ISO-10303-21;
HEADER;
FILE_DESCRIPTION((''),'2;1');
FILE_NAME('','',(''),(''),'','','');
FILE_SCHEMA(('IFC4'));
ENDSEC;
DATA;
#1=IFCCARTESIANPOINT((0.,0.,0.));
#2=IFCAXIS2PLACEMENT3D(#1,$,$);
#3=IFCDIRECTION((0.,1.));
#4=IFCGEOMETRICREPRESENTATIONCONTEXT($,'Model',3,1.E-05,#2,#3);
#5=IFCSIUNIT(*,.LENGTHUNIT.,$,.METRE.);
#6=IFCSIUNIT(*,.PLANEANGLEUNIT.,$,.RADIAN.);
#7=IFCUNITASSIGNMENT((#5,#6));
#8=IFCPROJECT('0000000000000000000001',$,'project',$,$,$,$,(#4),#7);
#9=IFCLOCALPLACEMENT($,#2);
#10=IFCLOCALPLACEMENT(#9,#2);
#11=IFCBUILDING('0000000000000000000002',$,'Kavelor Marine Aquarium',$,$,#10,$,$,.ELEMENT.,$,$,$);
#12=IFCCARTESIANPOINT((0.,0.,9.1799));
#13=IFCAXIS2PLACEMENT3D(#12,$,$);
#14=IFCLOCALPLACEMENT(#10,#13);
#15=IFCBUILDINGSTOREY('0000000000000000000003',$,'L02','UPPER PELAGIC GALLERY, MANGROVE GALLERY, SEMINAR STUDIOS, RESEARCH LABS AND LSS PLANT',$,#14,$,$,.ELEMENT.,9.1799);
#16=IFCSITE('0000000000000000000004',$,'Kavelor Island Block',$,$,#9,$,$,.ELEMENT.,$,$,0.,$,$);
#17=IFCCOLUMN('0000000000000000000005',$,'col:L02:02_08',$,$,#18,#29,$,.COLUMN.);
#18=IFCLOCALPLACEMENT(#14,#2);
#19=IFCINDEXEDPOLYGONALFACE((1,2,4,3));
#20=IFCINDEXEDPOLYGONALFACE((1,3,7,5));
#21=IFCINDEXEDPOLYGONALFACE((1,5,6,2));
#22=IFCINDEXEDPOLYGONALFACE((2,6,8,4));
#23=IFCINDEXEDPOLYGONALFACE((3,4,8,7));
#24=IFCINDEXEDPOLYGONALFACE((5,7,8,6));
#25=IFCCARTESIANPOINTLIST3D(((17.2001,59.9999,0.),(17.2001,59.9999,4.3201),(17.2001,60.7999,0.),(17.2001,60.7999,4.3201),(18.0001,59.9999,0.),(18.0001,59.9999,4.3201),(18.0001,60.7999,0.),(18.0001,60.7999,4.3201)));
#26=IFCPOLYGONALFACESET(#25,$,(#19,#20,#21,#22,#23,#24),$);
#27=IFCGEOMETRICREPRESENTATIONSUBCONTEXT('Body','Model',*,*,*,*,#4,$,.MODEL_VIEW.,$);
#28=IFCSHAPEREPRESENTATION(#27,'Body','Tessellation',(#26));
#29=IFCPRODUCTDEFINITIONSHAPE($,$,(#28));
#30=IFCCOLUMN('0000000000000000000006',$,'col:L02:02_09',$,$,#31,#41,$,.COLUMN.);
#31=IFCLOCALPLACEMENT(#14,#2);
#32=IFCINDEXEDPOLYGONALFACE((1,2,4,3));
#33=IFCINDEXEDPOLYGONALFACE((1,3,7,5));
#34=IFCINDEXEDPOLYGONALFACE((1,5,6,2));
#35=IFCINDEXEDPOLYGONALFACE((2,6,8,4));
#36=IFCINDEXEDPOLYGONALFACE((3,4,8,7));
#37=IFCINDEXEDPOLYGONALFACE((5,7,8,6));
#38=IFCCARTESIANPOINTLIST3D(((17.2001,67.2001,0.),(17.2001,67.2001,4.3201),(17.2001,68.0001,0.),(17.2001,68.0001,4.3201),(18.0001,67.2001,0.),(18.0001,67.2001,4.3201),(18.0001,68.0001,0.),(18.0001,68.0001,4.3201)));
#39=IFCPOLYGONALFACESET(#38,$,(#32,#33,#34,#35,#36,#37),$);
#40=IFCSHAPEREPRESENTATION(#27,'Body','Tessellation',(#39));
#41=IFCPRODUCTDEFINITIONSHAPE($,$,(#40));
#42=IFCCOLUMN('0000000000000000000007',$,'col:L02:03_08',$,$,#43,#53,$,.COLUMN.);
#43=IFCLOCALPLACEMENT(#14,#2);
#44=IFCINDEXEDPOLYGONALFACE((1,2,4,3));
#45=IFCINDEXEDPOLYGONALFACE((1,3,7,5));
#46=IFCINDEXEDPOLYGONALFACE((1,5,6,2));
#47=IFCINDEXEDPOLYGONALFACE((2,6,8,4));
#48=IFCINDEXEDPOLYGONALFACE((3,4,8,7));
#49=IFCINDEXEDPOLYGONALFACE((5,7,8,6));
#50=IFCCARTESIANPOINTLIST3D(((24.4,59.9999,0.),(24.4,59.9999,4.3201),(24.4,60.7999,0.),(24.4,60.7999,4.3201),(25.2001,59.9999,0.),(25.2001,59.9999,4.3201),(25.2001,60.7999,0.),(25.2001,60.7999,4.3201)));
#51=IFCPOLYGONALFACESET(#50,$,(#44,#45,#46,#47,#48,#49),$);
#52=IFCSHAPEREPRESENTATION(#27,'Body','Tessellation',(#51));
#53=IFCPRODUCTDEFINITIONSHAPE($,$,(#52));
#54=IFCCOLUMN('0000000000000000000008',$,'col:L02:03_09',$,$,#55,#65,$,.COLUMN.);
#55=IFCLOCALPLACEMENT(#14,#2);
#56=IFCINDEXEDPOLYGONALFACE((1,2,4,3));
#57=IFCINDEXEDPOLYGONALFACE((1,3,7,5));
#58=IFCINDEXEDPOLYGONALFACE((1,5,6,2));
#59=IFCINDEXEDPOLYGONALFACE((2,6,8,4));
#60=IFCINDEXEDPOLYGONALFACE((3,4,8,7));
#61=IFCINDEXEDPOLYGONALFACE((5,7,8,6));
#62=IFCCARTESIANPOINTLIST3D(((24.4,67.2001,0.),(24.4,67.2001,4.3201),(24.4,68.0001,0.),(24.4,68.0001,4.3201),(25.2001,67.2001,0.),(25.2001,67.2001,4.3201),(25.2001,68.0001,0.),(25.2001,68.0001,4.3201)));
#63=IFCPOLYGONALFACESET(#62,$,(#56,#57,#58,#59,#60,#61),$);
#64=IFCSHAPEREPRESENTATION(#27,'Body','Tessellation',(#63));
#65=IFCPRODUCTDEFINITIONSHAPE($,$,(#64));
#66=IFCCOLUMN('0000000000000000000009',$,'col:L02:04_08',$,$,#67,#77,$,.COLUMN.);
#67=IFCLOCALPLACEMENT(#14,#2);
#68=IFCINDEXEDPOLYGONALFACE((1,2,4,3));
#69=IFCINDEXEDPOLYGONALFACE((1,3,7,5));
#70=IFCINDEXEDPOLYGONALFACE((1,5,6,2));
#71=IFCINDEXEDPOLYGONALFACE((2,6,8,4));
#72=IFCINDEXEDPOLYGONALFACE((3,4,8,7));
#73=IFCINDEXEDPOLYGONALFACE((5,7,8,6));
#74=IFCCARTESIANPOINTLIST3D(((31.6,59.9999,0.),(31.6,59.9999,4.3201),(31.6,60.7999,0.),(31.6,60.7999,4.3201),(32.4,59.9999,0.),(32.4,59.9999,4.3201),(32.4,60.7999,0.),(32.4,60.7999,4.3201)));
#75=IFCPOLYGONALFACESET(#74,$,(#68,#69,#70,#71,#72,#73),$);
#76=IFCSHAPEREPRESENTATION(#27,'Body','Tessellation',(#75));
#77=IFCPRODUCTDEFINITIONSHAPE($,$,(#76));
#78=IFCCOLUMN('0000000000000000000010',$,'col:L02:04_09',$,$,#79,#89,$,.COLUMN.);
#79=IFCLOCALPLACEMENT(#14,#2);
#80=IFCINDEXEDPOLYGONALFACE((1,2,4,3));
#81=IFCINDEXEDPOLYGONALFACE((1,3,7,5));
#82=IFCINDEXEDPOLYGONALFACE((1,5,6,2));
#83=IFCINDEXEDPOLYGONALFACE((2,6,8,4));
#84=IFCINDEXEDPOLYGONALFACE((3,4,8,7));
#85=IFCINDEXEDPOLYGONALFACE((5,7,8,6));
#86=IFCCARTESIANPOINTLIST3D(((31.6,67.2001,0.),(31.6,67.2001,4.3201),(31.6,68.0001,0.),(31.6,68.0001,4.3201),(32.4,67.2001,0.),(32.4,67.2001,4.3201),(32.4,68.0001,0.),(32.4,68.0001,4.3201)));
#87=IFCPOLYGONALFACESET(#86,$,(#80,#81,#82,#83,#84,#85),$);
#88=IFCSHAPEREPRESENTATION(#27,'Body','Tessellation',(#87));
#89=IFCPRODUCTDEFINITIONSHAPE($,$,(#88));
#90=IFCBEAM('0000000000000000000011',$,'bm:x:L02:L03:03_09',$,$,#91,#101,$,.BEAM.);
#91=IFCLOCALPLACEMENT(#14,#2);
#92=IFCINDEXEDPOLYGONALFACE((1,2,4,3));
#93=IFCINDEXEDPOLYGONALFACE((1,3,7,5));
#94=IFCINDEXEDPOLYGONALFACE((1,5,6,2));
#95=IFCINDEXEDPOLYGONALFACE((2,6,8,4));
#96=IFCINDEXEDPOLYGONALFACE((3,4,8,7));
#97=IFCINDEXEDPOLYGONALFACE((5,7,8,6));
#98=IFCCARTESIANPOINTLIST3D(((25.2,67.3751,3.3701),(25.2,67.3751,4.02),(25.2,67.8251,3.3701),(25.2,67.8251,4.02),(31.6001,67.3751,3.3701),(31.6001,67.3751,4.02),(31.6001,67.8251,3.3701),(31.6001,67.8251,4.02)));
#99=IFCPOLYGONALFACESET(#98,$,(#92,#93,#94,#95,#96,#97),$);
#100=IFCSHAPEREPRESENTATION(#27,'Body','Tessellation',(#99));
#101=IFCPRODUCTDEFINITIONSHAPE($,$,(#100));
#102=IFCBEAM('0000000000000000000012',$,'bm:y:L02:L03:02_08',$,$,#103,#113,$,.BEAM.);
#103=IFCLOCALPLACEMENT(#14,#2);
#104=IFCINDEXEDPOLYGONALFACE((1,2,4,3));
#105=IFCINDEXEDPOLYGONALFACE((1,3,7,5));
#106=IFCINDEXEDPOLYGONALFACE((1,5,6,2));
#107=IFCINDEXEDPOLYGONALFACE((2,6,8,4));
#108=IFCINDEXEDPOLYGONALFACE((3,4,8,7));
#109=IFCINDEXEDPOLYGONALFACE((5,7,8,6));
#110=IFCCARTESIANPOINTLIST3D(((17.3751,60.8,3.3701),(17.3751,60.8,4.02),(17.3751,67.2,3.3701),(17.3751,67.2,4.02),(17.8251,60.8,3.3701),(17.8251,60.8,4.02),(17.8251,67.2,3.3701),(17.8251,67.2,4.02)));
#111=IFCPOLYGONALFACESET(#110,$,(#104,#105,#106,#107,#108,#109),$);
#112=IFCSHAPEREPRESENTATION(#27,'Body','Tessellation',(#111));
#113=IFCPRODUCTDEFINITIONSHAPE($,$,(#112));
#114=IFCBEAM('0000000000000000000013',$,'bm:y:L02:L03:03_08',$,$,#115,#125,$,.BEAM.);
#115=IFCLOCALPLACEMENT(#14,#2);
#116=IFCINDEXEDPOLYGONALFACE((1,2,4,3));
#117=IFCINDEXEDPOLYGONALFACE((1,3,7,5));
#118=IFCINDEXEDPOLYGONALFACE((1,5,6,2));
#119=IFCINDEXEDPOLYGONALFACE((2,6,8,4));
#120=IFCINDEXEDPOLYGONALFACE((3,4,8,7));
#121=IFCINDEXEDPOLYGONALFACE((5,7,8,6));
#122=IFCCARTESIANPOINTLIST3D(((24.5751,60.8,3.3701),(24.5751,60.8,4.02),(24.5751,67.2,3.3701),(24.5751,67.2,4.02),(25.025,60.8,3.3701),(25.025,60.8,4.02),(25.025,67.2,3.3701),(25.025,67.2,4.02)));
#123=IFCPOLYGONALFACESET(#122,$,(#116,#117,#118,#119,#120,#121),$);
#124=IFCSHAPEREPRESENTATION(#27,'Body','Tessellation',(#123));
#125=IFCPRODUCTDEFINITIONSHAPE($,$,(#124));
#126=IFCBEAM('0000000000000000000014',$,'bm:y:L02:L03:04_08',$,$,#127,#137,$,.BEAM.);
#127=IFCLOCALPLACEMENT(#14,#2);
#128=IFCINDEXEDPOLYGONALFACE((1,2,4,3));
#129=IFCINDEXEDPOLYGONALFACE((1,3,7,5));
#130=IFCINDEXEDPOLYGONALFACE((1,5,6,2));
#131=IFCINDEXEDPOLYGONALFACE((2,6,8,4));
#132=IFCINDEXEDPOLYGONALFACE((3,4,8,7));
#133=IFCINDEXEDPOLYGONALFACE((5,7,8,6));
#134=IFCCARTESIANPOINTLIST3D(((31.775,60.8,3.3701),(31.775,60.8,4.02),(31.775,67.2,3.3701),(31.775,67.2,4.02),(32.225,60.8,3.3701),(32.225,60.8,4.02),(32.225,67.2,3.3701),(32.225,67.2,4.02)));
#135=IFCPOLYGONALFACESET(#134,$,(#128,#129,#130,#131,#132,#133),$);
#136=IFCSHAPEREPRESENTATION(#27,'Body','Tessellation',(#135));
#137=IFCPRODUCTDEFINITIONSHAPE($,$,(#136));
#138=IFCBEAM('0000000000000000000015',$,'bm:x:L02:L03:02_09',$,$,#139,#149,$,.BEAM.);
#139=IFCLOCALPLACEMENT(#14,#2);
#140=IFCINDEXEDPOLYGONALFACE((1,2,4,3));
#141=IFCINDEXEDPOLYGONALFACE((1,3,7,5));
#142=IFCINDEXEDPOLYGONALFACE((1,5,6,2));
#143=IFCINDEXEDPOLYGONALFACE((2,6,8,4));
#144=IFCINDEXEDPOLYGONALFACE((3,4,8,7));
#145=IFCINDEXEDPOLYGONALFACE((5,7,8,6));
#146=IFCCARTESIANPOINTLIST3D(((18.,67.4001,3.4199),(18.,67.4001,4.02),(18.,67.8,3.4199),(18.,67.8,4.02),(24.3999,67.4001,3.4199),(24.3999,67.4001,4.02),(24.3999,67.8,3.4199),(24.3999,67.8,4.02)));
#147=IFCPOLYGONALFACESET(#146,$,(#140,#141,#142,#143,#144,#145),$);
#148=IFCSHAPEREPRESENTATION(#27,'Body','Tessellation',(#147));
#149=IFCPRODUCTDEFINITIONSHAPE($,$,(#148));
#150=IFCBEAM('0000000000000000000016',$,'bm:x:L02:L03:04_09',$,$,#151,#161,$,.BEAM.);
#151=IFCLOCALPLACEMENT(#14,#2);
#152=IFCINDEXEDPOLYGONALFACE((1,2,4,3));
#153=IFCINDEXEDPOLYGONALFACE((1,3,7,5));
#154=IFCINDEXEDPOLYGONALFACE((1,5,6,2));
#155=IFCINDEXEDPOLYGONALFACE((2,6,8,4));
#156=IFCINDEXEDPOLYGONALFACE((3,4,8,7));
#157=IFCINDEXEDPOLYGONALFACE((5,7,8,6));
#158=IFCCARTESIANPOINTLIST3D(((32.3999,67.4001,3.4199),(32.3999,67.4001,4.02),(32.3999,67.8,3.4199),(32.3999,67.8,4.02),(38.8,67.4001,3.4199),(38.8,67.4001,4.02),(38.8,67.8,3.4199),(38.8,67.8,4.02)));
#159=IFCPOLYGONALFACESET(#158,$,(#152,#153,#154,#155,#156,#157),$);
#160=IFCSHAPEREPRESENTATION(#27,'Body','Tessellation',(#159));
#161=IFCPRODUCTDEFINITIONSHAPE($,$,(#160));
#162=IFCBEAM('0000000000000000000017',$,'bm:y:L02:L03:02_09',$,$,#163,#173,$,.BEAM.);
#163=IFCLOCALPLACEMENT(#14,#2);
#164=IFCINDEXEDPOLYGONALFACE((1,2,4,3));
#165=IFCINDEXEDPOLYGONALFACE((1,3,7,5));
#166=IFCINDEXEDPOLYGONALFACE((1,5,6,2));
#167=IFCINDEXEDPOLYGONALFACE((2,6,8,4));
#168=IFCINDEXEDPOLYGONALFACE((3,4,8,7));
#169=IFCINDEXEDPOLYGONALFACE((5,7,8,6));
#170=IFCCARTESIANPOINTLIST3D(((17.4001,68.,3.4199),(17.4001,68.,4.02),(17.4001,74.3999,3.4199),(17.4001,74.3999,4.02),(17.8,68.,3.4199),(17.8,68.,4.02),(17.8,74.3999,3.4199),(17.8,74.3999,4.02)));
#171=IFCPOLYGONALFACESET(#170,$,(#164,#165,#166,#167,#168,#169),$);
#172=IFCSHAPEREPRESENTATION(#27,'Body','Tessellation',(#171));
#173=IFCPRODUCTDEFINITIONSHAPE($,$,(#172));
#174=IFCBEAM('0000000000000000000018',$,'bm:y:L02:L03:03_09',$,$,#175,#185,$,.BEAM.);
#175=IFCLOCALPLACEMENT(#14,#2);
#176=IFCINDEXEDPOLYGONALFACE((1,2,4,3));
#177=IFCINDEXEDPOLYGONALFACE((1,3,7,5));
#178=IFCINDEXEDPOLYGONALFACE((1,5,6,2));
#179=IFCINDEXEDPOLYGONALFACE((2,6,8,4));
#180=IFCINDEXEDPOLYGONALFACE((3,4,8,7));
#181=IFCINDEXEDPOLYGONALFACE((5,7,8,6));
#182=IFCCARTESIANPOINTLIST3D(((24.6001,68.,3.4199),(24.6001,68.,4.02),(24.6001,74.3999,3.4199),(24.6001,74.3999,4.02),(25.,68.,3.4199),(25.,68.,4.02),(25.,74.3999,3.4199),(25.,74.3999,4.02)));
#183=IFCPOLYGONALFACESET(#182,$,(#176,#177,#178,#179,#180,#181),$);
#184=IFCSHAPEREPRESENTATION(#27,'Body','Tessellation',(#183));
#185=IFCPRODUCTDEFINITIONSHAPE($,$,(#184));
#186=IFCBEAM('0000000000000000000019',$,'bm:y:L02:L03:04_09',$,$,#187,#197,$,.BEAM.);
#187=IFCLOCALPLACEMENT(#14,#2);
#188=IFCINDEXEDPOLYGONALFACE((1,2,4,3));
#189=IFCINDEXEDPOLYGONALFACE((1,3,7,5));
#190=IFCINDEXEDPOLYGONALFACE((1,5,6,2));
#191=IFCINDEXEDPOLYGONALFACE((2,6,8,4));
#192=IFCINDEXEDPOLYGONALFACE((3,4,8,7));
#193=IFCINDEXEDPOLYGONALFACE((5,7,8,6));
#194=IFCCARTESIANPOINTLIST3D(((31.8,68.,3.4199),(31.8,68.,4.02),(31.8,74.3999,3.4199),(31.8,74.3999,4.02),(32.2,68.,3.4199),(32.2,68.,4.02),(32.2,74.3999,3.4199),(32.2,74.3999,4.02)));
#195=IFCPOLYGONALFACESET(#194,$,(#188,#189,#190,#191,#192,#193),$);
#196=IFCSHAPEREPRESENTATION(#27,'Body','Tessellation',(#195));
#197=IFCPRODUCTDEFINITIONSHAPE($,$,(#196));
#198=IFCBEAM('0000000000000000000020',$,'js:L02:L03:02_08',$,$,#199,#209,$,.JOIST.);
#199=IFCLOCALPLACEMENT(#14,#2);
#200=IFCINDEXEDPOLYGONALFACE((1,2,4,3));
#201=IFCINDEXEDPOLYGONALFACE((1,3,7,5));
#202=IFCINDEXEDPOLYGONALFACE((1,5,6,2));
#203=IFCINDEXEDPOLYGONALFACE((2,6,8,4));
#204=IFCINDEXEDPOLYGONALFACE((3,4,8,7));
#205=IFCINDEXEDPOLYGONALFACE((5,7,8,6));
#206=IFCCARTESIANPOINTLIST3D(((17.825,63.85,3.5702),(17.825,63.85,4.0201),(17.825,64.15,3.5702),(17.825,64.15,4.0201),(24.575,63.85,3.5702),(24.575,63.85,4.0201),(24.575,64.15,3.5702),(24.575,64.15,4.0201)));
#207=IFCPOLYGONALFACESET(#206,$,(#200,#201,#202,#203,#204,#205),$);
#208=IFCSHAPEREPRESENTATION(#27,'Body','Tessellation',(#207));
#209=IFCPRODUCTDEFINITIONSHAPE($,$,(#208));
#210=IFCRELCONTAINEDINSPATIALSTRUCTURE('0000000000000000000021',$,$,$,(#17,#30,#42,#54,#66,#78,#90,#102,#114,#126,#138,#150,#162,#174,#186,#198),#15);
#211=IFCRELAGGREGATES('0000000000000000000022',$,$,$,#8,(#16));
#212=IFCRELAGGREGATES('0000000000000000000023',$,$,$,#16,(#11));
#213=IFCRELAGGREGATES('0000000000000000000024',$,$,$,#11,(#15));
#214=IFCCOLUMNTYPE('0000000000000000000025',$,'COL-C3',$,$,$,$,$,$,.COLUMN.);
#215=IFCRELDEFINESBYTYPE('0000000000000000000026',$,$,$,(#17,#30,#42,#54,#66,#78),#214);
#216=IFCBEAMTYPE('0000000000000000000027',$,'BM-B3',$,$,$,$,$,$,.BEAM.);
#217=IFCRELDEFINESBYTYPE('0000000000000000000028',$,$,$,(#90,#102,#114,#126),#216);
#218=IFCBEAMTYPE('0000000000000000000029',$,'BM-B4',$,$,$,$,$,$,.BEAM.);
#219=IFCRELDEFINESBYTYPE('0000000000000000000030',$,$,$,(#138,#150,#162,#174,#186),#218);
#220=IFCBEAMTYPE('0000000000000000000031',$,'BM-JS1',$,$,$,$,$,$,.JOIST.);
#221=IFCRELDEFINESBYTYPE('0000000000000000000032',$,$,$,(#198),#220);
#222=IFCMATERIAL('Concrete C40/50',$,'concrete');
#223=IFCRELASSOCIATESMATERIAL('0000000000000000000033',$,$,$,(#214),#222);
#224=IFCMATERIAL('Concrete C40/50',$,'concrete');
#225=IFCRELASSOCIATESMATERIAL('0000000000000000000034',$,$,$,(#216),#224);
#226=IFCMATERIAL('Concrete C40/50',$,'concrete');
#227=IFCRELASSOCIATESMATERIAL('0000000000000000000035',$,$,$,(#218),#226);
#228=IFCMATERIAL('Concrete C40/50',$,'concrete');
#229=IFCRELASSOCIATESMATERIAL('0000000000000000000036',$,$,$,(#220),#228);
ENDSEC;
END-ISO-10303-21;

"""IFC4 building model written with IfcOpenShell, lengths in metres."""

from ifc_helpers import new_model, si_unit, direction, frame, origin, origin_2d, place, context, subcontext, project, spatial, rectangle, extrude, material, material_profile, profile_set, type_object, element, save


model = new_model("IFC4")

# Units and contexts
model_context = context("Model", 3, precision=1e-05, world=origin(), true_north=direction((0.0, 1.0)))
body_context = subcontext(model_context, "Body", "Model", "MODEL_VIEW")
ifc_project = project(units=[si_unit("LENGTHUNIT", "METRE"), si_unit("PLANEANGLEUNIT", "RADIAN")], contexts=[model_context])

# Site, building, storey
site_placement = place(None, origin())
site = spatial("IfcSite", under=ifc_project, at=site_placement, Name="Kavelor Island Block", CompositionType="ELEMENT", RefElevation=0.0)
building_placement = place(site_placement, origin())
building = spatial("IfcBuilding", under=site, at=building_placement, Name="Kavelor Marine Aquarium", CompositionType="ELEMENT")
storey_placement = place(building_placement, frame((0.0, 0.0, 9.1799)))
storey = spatial("IfcBuildingStorey", under=building, at=storey_placement, Name="L02", Description="UPPER PELAGIC GALLERY, MANGROVE GALLERY, SEMINAR STUDIOS, RESEARCH LABS AND LSS PLANT", CompositionType="ELEMENT", Elevation=9.1799)

# Columns
ifc_material_1 = material(Name="Concrete C40/50", Category="concrete")
ifc_material_profile_1 = material_profile(ifc_material_1, rectangle(XDim=0.8, YDim=0.8, at=origin_2d()), Name="RC-COL 800x800")
ifc_profile_set_1 = profile_set([ifc_material_profile_1], Name="Concrete C40/50")
column_type = type_object("IfcColumnType", Name="COL-C3", PredefinedType="COLUMN", material=ifc_profile_set_1)
for number, where, z_axis, x_axis, name in (
    (1, (17.6001, 60.3999, 0.0), (0.0, 0.0, 1.0), (1.0, 0.0, 0.0), "col:L02:02_08"),
    (2, (17.6001, 67.6001, 0.0), (0.0, 0.0, 1.0), (1.0, 0.0, 0.0), "col:L02:02_09"),
    (3, (24.8, 60.3999, 0.0), (0.0, 0.0, 1.0), (1.0, 0.0, 0.0), "col:L02:03_08"),
    (4, (24.8, 67.6001, 0.0), (0.0, 0.0, 1.0), (1.0, 0.0, 0.0), "col:L02:03_09"),
    (5, (32.0, 60.3999, 0.0), (0.0, 0.0, 1.0), (1.0, 0.0, 0.0), "col:L02:04_08"),
    (6, (32.0, 67.6001, 0.0), (0.0, 0.0, 1.0), (1.0, 0.0, 0.0), "col:L02:04_09"),
):
    element("IfcColumn", number, at=place(storey_placement, frame(where, z_axis=z_axis, x_axis=x_axis)), inside=storey, type_object=column_type, Name=name, PredefinedType="COLUMN", context=body_context, shape_type="SweptSolid", body=[
        extrude(rectangle(XDim=0.8, YDim=0.8, at=origin_2d()), origin(), (0.0, 0.0, 1.0), 4.3201),
    ])

# Beams
ifc_material_2 = material(Name="Concrete C40/50", Category="concrete")
ifc_material_profile_2 = material_profile(ifc_material_2, rectangle(XDim=0.45, YDim=0.6499, at=origin_2d()), Name="RC-BM 450x650")
ifc_profile_set_2 = profile_set([ifc_material_profile_2], Name="Concrete C40/50")
beam_type_1 = type_object("IfcBeamType", Name="BM-B3", PredefinedType="BEAM", material=ifc_profile_set_2)
beam_1_placement = place(storey_placement, frame((25.2, 67.6001, 3.6951), z_axis=(1.0, 0.0, 0.0), x_axis=(0.0, 1.0, 0.0)))
element("IfcBeam", 7, at=beam_1_placement, inside=storey, type_object=beam_type_1, Name="bm:x:L02:L03:03_09", PredefinedType="BEAM", context=body_context, shape_type="SweptSolid", body=[
    extrude(rectangle(XDim=0.45, YDim=0.6499, at=origin_2d()), origin(), (0.0, 0.0, 1.0), 6.4001),
])
for number, where, z_axis, x_axis, name in (
    (8, (17.6001, 60.8, 3.6951), (0.0, 1.0, 0.0), (-1.0, 0.0, 0.0), "bm:y:L02:L03:02_08"),
    (9, (24.8, 60.8, 3.6951), (0.0, 1.0, 0.0), (-1.0, 0.0, 0.0), "bm:y:L02:L03:03_08"),
    (10, (32.0, 60.8, 3.6951), (0.0, 1.0, 0.0), (-1.0, 0.0, 0.0), "bm:y:L02:L03:04_08"),
):
    element("IfcBeam", number, at=place(storey_placement, frame(where, z_axis=z_axis, x_axis=x_axis)), inside=storey, type_object=beam_type_1, Name=name, PredefinedType="BEAM", context=body_context, shape_type="SweptSolid", body=[
        extrude(rectangle(XDim=0.45, YDim=0.6499, at=origin_2d()), origin(), (0.0, 0.0, 1.0), 6.3999),
    ])
ifc_material_3 = material(Name="Concrete C40/50", Category="concrete")
ifc_material_profile_3 = material_profile(ifc_material_3, rectangle(XDim=0.3999, YDim=0.6001, at=origin_2d()), Name="RC-BM 400x600")
ifc_profile_set_3 = profile_set([ifc_material_profile_3], Name="Concrete C40/50")
beam_type_2 = type_object("IfcBeamType", Name="BM-B4", PredefinedType="BEAM", material=ifc_profile_set_3)
beam_2_placement = place(storey_placement, frame((18.0, 67.6001, 3.72), z_axis=(1.0, 0.0, 0.0), x_axis=(0.0, 1.0, 0.0)))
element("IfcBeam", 11, at=beam_2_placement, inside=storey, type_object=beam_type_2, Name="bm:x:L02:L03:02_09", PredefinedType="BEAM", context=body_context, shape_type="SweptSolid", body=[
    extrude(rectangle(XDim=0.3999, YDim=0.6001, at=origin_2d()), origin(), (0.0, 0.0, 1.0), 6.3999),
])
beam_3_placement = place(storey_placement, frame((32.3999, 67.6001, 3.72), z_axis=(1.0, 0.0, 0.0), x_axis=(0.0, 1.0, 0.0)))
element("IfcBeam", 12, at=beam_3_placement, inside=storey, type_object=beam_type_2, Name="bm:x:L02:L03:04_09", PredefinedType="BEAM", context=body_context, shape_type="SweptSolid", body=[
    extrude(rectangle(XDim=0.3999, YDim=0.6001, at=origin_2d()), origin(), (0.0, 0.0, 1.0), 6.4001),
])
for number, where, z_axis, x_axis, name in (
    (13, (17.6001, 68.0, 3.72), (0.0, 1.0, 0.0), (-1.0, 0.0, 0.0), "bm:y:L02:L03:02_09"),
    (14, (24.8, 68.0, 3.72), (0.0, 1.0, 0.0), (-1.0, 0.0, 0.0), "bm:y:L02:L03:03_09"),
    (15, (32.0, 68.0, 3.72), (0.0, 1.0, 0.0), (-1.0, 0.0, 0.0), "bm:y:L02:L03:04_09"),
):
    element("IfcBeam", number, at=place(storey_placement, frame(where, z_axis=z_axis, x_axis=x_axis)), inside=storey, type_object=beam_type_2, Name=name, PredefinedType="BEAM", context=body_context, shape_type="SweptSolid", body=[
        extrude(rectangle(XDim=0.3999, YDim=0.6001, at=origin_2d()), origin(), (0.0, 0.0, 1.0), 6.3999),
    ])
ifc_material_4 = material(Name="Concrete C40/50", Category="concrete")
ifc_material_profile_4 = material_profile(ifc_material_4, rectangle(XDim=0.3, YDim=0.45, at=origin_2d()), Name="RC-JS 300x450")
ifc_profile_set_4 = profile_set([ifc_material_profile_4], Name="Concrete C40/50")
beam_type_3 = type_object("IfcBeamType", Name="BM-JS1", PredefinedType="JOIST", material=ifc_profile_set_4)
beam_4_placement = place(storey_placement, frame((17.825, 64.0, 3.7952), z_axis=(1.0, 0.0, 0.0), x_axis=(0.0, 1.0, 0.0)))
element("IfcBeam", 16, at=beam_4_placement, inside=storey, type_object=beam_type_3, Name="js:L02:L03:02_08", PredefinedType="JOIST", context=body_context, shape_type="SweptSolid", body=[
    extrude(rectangle(XDim=0.3, YDim=0.45, at=origin_2d()), origin(), (0.0, 0.0, 1.0), 6.75),
])

save(model, "model.ifc")
